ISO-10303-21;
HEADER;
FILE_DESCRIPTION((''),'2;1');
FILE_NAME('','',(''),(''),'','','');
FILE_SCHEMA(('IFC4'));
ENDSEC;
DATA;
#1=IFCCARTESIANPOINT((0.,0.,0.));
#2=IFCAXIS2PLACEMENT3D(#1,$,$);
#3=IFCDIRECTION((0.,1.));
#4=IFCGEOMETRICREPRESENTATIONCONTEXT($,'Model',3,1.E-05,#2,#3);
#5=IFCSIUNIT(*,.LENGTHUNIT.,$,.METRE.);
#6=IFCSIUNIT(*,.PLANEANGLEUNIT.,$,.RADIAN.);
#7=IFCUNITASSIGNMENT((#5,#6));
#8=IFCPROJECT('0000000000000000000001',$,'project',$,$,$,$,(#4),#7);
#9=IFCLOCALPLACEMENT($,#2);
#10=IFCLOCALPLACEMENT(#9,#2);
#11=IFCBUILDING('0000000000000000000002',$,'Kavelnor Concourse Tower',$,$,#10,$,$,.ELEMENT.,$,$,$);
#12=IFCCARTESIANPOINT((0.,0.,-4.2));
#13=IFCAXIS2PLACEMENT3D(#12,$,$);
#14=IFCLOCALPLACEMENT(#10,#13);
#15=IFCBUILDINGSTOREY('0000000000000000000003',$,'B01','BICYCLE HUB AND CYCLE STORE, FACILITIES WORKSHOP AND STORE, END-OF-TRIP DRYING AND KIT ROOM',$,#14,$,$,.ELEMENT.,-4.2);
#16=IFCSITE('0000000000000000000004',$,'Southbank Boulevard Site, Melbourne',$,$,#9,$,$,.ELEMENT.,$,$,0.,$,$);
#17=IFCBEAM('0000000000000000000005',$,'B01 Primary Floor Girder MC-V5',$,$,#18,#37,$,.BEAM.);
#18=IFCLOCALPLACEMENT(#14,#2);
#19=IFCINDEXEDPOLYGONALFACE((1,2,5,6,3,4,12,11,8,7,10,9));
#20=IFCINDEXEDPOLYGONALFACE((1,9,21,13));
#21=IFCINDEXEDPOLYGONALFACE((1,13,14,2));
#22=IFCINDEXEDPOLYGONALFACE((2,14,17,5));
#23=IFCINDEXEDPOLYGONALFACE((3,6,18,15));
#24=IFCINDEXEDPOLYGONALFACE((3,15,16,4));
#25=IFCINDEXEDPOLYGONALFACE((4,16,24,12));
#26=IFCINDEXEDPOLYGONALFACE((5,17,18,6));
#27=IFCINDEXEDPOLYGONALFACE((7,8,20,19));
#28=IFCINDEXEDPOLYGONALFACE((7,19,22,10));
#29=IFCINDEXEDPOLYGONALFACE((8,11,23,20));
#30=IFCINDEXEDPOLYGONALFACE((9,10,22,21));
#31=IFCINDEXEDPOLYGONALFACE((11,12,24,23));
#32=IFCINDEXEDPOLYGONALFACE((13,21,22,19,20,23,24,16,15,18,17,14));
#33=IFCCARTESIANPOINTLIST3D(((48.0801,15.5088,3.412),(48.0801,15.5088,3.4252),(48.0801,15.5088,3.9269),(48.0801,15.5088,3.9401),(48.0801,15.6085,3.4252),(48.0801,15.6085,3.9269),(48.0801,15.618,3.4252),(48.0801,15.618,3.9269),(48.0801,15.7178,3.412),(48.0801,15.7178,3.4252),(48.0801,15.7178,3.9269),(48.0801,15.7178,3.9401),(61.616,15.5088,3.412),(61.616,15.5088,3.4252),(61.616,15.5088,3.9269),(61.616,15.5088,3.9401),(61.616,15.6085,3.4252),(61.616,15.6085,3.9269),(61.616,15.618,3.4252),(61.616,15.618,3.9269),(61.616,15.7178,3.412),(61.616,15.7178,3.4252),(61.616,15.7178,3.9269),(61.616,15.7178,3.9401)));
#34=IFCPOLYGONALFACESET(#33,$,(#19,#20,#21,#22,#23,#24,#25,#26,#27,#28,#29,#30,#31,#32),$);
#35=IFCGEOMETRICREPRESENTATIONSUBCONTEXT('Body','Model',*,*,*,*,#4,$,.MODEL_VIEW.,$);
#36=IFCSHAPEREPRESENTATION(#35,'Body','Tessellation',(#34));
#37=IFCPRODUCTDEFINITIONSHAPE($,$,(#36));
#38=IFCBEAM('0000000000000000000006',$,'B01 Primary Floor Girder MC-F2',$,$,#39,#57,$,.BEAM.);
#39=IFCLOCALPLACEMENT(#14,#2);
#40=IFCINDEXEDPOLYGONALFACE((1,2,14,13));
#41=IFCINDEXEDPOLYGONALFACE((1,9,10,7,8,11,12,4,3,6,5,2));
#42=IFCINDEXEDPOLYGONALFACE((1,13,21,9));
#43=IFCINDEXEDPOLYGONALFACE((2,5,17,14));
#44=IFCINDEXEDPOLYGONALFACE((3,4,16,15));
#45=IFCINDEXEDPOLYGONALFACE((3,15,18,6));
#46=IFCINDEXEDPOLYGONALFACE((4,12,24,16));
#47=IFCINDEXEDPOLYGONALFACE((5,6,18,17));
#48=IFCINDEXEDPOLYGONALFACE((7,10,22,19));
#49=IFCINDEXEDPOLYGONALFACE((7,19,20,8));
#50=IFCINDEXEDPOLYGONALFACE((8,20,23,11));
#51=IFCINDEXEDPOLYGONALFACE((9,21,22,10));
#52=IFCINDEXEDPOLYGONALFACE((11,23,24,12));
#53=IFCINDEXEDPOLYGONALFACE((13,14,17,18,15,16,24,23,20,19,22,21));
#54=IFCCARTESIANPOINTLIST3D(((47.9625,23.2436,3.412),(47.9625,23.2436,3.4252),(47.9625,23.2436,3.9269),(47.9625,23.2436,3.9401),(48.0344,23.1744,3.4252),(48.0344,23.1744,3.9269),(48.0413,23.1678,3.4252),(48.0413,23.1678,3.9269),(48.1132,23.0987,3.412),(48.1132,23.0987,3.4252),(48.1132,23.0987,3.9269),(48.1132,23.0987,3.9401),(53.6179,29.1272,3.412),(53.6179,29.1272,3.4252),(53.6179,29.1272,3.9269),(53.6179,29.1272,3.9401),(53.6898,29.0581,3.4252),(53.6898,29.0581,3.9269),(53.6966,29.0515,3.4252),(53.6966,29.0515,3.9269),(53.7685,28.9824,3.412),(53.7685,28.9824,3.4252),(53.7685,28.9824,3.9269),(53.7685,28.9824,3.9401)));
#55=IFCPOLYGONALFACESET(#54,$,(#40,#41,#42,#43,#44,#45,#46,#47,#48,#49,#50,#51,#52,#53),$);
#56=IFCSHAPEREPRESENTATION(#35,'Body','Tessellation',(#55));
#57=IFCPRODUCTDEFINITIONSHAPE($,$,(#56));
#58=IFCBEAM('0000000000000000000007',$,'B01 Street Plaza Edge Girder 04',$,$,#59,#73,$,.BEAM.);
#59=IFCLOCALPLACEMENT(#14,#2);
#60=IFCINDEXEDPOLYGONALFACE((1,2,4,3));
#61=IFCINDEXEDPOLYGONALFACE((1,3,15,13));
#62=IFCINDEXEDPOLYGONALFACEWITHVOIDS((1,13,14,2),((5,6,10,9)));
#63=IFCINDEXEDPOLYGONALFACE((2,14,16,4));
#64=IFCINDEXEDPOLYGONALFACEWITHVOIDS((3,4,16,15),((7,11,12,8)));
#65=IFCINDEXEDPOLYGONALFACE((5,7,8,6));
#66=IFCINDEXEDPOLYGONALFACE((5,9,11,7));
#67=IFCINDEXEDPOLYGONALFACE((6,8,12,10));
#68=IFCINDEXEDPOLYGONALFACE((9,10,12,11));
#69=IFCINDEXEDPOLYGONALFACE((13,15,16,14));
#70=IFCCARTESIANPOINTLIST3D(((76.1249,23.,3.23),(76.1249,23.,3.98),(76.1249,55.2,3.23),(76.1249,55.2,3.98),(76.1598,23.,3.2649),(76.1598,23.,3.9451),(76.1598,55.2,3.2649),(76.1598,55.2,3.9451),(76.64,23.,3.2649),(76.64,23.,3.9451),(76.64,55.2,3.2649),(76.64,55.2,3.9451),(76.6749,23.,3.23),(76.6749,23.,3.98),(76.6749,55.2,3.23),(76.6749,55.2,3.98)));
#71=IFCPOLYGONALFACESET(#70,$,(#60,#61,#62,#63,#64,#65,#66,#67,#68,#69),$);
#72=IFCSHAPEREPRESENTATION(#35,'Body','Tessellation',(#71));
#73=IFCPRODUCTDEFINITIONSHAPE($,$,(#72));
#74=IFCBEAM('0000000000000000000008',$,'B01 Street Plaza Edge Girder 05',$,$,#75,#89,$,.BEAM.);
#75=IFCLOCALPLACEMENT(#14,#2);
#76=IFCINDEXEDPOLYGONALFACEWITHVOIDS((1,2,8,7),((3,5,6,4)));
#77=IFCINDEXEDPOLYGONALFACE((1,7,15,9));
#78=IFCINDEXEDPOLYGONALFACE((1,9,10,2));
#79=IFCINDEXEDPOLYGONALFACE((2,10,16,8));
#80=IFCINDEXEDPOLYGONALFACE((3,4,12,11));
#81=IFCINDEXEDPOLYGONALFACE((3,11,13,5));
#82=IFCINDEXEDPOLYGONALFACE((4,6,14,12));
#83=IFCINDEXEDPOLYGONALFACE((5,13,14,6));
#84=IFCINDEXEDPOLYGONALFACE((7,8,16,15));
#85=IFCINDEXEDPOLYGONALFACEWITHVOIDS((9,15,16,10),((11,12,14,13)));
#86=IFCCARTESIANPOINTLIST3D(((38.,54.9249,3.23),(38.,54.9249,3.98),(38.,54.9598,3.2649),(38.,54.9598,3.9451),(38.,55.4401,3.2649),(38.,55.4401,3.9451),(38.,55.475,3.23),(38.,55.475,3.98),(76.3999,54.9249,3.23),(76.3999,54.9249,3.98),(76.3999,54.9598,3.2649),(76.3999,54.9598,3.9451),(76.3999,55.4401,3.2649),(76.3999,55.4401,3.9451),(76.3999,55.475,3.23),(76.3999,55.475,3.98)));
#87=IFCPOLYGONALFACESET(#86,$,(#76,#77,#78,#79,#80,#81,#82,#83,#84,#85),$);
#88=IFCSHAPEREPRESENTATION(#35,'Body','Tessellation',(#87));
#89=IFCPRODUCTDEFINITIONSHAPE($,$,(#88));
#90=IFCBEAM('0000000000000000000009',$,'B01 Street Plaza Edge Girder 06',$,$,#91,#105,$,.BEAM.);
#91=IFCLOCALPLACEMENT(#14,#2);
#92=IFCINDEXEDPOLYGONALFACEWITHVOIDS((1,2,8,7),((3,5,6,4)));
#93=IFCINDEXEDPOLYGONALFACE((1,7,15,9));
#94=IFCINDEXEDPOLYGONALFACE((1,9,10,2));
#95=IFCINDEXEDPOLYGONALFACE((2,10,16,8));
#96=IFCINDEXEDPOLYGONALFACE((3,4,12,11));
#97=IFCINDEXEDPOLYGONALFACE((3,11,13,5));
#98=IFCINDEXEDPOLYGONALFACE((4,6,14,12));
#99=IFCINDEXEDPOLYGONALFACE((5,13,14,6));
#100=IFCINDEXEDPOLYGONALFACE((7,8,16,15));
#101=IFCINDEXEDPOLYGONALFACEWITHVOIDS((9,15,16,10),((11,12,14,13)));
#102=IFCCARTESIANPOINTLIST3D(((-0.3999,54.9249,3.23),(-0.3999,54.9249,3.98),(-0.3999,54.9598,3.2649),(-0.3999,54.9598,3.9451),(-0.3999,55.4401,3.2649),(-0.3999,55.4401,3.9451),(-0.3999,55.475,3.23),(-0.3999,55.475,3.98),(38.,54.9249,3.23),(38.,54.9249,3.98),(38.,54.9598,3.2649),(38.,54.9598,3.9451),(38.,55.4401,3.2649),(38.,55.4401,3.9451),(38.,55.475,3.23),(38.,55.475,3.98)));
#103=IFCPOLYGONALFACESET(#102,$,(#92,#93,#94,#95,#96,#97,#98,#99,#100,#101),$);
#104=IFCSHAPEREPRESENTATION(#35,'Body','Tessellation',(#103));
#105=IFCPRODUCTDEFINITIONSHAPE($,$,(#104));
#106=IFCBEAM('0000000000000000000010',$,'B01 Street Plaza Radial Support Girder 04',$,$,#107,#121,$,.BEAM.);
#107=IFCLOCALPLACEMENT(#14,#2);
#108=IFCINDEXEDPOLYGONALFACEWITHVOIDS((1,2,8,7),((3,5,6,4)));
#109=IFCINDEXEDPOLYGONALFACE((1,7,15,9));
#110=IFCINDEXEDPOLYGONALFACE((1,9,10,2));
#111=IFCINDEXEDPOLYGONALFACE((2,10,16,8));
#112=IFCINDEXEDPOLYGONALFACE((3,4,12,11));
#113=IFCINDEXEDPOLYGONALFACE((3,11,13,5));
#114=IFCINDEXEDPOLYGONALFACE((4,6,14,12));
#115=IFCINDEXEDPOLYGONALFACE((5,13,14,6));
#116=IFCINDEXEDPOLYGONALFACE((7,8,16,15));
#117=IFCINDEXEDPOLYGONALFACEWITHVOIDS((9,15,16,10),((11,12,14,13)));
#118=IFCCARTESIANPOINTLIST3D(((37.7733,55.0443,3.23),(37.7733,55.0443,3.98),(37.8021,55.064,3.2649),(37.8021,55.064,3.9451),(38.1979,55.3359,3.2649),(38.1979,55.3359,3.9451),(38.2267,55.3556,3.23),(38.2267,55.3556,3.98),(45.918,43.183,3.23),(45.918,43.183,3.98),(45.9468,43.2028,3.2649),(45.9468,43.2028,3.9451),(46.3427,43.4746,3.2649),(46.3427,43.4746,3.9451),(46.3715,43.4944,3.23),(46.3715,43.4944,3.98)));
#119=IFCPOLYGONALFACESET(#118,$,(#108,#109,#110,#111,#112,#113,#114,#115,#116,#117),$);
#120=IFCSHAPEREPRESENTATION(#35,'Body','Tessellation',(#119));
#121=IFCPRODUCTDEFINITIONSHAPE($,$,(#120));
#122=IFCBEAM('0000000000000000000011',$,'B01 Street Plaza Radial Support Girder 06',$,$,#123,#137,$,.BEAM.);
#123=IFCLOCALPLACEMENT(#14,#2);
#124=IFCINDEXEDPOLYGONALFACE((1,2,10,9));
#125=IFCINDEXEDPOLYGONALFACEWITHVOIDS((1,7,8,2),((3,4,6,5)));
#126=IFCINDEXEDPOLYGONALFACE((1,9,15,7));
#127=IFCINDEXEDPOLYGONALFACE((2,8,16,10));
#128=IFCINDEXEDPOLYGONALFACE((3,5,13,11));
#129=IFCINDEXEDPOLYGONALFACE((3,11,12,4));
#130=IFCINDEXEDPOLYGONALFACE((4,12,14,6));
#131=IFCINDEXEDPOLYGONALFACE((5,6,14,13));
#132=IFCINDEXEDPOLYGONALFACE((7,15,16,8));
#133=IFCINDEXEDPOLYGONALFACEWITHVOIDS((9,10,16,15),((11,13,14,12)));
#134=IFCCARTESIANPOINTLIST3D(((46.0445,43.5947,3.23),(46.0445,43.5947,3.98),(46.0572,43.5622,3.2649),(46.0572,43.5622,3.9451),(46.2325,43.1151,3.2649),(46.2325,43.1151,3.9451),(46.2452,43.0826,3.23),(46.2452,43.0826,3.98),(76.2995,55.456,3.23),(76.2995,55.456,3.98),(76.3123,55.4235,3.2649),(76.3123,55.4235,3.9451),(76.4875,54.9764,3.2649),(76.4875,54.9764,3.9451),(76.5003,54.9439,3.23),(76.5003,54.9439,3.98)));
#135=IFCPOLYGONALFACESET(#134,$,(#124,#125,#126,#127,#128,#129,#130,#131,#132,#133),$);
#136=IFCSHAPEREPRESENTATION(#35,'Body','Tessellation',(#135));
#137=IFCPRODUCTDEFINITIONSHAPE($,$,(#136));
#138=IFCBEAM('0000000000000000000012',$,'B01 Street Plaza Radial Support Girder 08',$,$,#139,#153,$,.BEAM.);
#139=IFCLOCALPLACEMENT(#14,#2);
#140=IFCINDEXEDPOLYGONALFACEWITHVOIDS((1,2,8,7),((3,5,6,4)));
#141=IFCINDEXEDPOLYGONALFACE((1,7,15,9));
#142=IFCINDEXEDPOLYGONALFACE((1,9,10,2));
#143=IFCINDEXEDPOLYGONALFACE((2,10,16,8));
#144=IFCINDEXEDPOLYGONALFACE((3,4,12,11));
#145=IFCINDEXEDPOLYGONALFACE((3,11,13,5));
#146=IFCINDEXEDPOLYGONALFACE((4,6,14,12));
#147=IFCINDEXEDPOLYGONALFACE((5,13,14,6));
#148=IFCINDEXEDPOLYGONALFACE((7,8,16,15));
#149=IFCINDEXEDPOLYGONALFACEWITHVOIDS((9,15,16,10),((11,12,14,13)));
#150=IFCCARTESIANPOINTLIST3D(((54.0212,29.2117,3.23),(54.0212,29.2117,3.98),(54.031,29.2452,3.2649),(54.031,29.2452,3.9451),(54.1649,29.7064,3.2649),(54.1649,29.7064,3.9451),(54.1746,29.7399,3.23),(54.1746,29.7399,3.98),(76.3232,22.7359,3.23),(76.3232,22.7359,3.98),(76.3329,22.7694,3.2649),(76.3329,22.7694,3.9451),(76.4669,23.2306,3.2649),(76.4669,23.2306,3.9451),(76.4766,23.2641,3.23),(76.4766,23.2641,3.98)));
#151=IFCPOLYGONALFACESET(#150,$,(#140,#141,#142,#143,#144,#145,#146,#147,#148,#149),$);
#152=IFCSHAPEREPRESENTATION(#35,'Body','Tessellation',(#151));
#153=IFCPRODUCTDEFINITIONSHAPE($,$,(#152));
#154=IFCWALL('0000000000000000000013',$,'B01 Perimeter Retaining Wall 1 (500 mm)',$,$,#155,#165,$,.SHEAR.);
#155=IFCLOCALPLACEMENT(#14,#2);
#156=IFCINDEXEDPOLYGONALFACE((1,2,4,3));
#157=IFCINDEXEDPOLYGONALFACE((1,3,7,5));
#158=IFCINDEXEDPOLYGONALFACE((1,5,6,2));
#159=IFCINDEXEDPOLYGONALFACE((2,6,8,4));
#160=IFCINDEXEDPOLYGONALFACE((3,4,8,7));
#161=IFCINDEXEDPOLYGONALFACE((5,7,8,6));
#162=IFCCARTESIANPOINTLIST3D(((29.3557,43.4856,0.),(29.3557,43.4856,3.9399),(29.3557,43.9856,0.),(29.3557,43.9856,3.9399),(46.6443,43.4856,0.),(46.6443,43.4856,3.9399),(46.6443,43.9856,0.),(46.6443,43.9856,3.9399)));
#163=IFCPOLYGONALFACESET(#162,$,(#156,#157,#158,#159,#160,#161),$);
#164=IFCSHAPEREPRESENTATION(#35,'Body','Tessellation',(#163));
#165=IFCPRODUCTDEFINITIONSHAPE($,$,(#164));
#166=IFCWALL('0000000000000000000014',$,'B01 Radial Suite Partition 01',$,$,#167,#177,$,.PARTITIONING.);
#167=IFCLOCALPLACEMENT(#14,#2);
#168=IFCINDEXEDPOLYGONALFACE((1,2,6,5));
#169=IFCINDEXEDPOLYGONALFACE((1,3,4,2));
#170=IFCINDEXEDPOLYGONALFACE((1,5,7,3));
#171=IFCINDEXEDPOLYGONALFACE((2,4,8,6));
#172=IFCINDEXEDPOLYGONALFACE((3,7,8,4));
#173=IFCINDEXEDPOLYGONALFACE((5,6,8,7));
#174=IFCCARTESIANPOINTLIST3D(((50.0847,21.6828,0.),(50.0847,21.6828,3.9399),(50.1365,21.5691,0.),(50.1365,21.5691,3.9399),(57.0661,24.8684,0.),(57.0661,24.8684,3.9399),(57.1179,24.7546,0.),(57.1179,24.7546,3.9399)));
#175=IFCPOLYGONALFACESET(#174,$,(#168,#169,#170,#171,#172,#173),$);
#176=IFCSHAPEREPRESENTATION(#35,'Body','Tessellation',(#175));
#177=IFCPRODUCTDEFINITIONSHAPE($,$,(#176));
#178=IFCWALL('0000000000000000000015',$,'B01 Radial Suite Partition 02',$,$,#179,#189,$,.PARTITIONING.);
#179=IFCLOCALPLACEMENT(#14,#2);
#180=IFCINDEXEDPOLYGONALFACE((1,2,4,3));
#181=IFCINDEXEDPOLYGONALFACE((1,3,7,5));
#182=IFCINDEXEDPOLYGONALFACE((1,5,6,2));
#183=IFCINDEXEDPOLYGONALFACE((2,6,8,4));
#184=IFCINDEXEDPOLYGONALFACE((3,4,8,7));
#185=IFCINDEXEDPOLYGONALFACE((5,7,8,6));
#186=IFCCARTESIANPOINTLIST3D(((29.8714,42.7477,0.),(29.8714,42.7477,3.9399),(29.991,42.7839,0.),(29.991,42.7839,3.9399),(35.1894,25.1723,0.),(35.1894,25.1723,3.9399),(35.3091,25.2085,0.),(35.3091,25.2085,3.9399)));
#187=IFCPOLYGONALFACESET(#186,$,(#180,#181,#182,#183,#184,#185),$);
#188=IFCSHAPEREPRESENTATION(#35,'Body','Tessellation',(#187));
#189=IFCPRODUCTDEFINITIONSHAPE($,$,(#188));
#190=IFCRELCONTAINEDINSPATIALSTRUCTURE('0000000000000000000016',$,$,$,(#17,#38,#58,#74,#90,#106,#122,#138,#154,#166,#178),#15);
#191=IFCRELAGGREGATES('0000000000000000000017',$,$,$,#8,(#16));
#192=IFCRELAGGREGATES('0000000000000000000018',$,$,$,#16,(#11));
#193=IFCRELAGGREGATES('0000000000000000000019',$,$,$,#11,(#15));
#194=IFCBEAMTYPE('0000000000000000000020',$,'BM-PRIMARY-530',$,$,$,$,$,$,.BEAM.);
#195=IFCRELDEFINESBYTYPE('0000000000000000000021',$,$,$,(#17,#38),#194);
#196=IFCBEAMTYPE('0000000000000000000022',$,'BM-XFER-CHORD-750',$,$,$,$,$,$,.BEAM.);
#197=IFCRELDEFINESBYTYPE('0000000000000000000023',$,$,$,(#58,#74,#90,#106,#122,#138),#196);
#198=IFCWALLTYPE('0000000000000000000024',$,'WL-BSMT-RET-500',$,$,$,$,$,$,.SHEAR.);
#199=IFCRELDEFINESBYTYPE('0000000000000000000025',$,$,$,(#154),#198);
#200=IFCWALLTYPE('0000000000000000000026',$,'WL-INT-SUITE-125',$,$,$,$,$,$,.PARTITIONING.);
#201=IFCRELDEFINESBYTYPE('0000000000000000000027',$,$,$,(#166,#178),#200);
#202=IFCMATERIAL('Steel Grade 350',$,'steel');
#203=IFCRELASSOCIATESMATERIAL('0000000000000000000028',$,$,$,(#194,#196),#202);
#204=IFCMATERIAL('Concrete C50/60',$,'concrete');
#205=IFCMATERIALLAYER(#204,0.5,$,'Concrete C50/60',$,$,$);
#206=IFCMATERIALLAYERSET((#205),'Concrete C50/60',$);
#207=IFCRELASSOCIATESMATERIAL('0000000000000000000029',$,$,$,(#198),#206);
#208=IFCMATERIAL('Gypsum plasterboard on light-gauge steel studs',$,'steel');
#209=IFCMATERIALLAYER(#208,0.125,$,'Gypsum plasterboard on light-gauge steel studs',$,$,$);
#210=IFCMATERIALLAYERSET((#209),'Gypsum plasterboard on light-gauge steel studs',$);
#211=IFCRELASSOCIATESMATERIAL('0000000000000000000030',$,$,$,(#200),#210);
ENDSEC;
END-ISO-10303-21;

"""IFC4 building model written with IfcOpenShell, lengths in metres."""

from ifc_helpers import new_model, si_unit, direction, frame, frame_2d, origin, origin_2d, place, context, subcontext, project, spatial, rectangle, hollow_rectangle, i_section, extrude, material, layer, layer_set, material_profile, profile_set, type_object, element, save


model = new_model("IFC4")

# Units and contexts
model_context = context("Model", 3, precision=1e-05, world=origin(), true_north=direction((0.0, 1.0)))
body_context = subcontext(model_context, "Body", "Model", "MODEL_VIEW")
ifc_project = project(units=[si_unit("LENGTHUNIT", "METRE"), si_unit("PLANEANGLEUNIT", "RADIAN")], contexts=[model_context])

# Site, building, storey
site_placement = place(None, origin())
site = spatial("IfcSite", under=ifc_project, at=site_placement, Name="Southbank Boulevard Site, Melbourne", CompositionType="ELEMENT", RefElevation=0.0)
building_placement = place(site_placement, origin())
building = spatial("IfcBuilding", under=site, at=building_placement, Name="Kavelnor Concourse Tower", CompositionType="ELEMENT")
storey_placement = place(building_placement, frame((0.0, 0.0, -4.2)))
storey = spatial("IfcBuildingStorey", under=building, at=storey_placement, Name="B01", Description="BICYCLE HUB AND CYCLE STORE, FACILITIES WORKSHOP AND STORE, END-OF-TRIP DRYING AND KIT ROOM", CompositionType="ELEMENT", Elevation=-4.2)

# Shared definitions
ifc_material_1 = material(Name="Steel Grade 350", Category="steel")

# Beams
ifc_material_profile_1 = material_profile(ifc_material_1, i_section(OverallWidth=0.209, OverallDepth=0.5281, WebThickness=0.0095, FlangeThickness=0.0132, at=origin_2d()), Name="530UB82")
ifc_profile_set_1 = profile_set([ifc_material_profile_1], Name="Steel Grade 350")
beam_type_1 = type_object("IfcBeamType", Name="BM-PRIMARY-530", PredefinedType="BEAM", material=ifc_profile_set_1)
beam_1_placement = place(storey_placement, frame((48.0801, 15.6133, 3.676), z_axis=(1.0, 0.0, 0.0), x_axis=(0.0, 1.0, 0.0)))
element("IfcBeam", 1, at=beam_1_placement, inside=storey, type_object=beam_type_1, Name="B01 Primary Floor Girder MC-V5", PredefinedType="BEAM", context=body_context, shape_type="SweptSolid", body=[
    extrude(i_section(OverallWidth=0.209, OverallDepth=0.5281, WebThickness=0.0095, FlangeThickness=0.0132, at=origin_2d()), origin(), (0.0, 0.0, 1.0), 13.5359),
])
beam_2_placement = place(storey_placement, frame((48.0378, 23.1711, 3.676), z_axis=(0.692983, 0.720954, 0.0), x_axis=(-0.720954, 0.692983, 0.0)))
element("IfcBeam", 2, at=beam_2_placement, inside=storey, type_object=beam_type_1, Name="B01 Primary Floor Girder MC-F2", PredefinedType="BEAM", context=body_context, shape_type="SweptSolid", body=[
    extrude(i_section(OverallWidth=0.209, OverallDepth=0.5281, WebThickness=0.0095, FlangeThickness=0.0132, at=origin_2d()), origin(), (0.0, 0.0, 1.0), 8.1609),
])
ifc_material_profile_2 = material_profile(ifc_material_1, hollow_rectangle(XDim=0.55, YDim=0.75, WallThickness=0.0349, at=origin_2d()), Name="RHS 750x550x35")
ifc_profile_set_2 = profile_set([ifc_material_profile_2], Name="Steel Grade 350")
beam_type_2 = type_object("IfcBeamType", Name="BM-XFER-CHORD-750", PredefinedType="BEAM", material=ifc_profile_set_2)
beam_3_placement = place(storey_placement, frame((76.3999, 23.0, 3.605), z_axis=(0.0, 1.0, 0.0), x_axis=(-1.0, 0.0, 0.0)))
element("IfcBeam", 3, at=beam_3_placement, inside=storey, type_object=beam_type_2, Name="B01 Street Plaza Edge Girder 04", PredefinedType="BEAM", context=body_context, shape_type="SweptSolid", body=[
    extrude(hollow_rectangle(XDim=0.55, YDim=0.75, WallThickness=0.0349, at=origin_2d()), origin(), (0.0, 0.0, 1.0), 32.2),
])
for number, where, z_axis, x_axis, name in (
    (4, (76.3999, 55.2, 3.605), (-1.0, 0.0, 0.0), (0.0, -1.0, 0.0), "B01 Street Plaza Edge Girder 05"),
    (5, (38.0, 55.2, 3.605), (-1.0, 0.0, 0.0), (0.0, -1.0, 0.0), "B01 Street Plaza Edge Girder 06"),
):
    element("IfcBeam", number, at=place(storey_placement, frame(where, z_axis=z_axis, x_axis=x_axis)), inside=storey, type_object=beam_type_2, Name=name, PredefinedType="BEAM", context=body_context, shape_type="SweptSolid", body=[
        extrude(hollow_rectangle(XDim=0.55, YDim=0.75, WallThickness=0.0349, at=origin_2d()), origin(), (0.0, 0.0, 1.0), 38.3999),
    ])
beam_4_placement = place(storey_placement, frame((38.0, 55.2, 3.605), z_axis=(0.566062, -0.824363, 0.0), x_axis=(0.824363, 0.566062, 0.0)))
element("IfcBeam", 6, at=beam_4_placement, inside=storey, type_object=beam_type_2, Name="B01 Street Plaza Radial Support Girder 04", PredefinedType="BEAM", context=body_context, shape_type="SweptSolid", body=[
    extrude(hollow_rectangle(XDim=0.55, YDim=0.75, WallThickness=0.0349, at=origin_2d()), origin(), (0.0, 0.0, 1.0), 14.3884),
])
beam_5_placement = place(storey_placement, frame((76.3999, 55.2, 3.605), z_axis=(-0.931009, -0.364996, 0.0), x_axis=(0.364996, -0.931009, 0.0)))
element("IfcBeam", 7, at=beam_5_placement, inside=storey, type_object=beam_type_2, Name="B01 Street Plaza Radial Support Girder 06", PredefinedType="BEAM", context=body_context, shape_type="SweptSolid", body=[
    extrude(hollow_rectangle(XDim=0.55, YDim=0.75, WallThickness=0.0349, at=origin_2d()), origin(), (0.0, 0.0, 1.0), 32.4971),
])
beam_6_placement = place(storey_placement, frame((76.3999, 23.0, 3.605), z_axis=(-0.960334, 0.278852, 0.0), x_axis=(-0.278852, -0.960334, 0.0)))
element("IfcBeam", 8, at=beam_6_placement, inside=storey, type_object=beam_type_2, Name="B01 Street Plaza Radial Support Girder 08", PredefinedType="BEAM", context=body_context, shape_type="SweptSolid", body=[
    extrude(hollow_rectangle(XDim=0.55, YDim=0.75, WallThickness=0.0349, at=origin_2d()), origin(), (0.0, 0.0, 1.0), 23.2231),
])

# Walls
ifc_material_2 = material(Name="Concrete C50/60", Category="concrete")
ifc_layer_1 = layer(ifc_material_2, 0.5, Name="Concrete C50/60")
ifc_layer_set_1 = layer_set([ifc_layer_1], Name="Concrete C50/60")
wall_type_1 = type_object("IfcWallType", Name="WL-BSMT-RET-500", PredefinedType="SHEAR", material=ifc_layer_set_1)
wall_1_placement = place(storey_placement, frame((46.6443, 43.7356, 0.0), z_axis=(0.0, 0.0, 1.0), x_axis=(-1.0, 0.0, 0.0)))
element("IfcWall", 9, at=wall_1_placement, inside=storey, type_object=wall_type_1, Name="B01 Perimeter Retaining Wall 1 (500 mm)", PredefinedType="SHEAR", context=body_context, shape_type="SweptSolid", body=[
    extrude(rectangle(XDim=17.2886, YDim=0.5, at=frame_2d((8.6443, 0.0))), origin(), (0.0, 0.0, 1.0), 3.9399),
])
ifc_material_3 = material(Name="Gypsum plasterboard on light-gauge steel studs", Category="steel")
ifc_layer_2 = layer(ifc_material_3, 0.125, Name="Gypsum plasterboard on light-gauge steel studs")
ifc_layer_set_2 = layer_set([ifc_layer_2], Name="Gypsum plasterboard on light-gauge steel studs")
wall_type_2 = type_object("IfcWallType", Name="WL-INT-SUITE-125", PredefinedType="PARTITIONING", material=ifc_layer_set_2)
wall_2_placement = place(storey_placement, frame((50.1106, 21.626, 0.0), z_axis=(0.0, 0.0, 1.0), x_axis=(0.909768, 0.415116, 0.0)))
element("IfcWall", 10, at=wall_2_placement, inside=storey, type_object=wall_type_2, Name="B01 Radial Suite Partition 01", PredefinedType="PARTITIONING", context=body_context, shape_type="SweptSolid", body=[
    extrude(rectangle(XDim=7.6738, YDim=0.125, at=frame_2d((3.8369, 0.0))), origin(), (0.0, 0.0, 1.0), 3.9399),
])
wall_3_placement = place(storey_placement, frame((35.2493, 25.1904, 0.0), z_axis=(0.0, 0.0, 1.0), x_axis=(-0.28962, 0.957142, 0.0)))
element("IfcWall", 11, at=wall_3_placement, inside=storey, type_object=wall_type_2, Name="B01 Radial Suite Partition 02", PredefinedType="PARTITIONING", context=body_context, shape_type="SweptSolid", body=[
    extrude(rectangle(XDim=18.3623, YDim=0.125, at=frame_2d((9.1812, 0.0))), origin(), (0.0, 0.0, 1.0), 3.9399),
])

save(model, "model.ifc")
